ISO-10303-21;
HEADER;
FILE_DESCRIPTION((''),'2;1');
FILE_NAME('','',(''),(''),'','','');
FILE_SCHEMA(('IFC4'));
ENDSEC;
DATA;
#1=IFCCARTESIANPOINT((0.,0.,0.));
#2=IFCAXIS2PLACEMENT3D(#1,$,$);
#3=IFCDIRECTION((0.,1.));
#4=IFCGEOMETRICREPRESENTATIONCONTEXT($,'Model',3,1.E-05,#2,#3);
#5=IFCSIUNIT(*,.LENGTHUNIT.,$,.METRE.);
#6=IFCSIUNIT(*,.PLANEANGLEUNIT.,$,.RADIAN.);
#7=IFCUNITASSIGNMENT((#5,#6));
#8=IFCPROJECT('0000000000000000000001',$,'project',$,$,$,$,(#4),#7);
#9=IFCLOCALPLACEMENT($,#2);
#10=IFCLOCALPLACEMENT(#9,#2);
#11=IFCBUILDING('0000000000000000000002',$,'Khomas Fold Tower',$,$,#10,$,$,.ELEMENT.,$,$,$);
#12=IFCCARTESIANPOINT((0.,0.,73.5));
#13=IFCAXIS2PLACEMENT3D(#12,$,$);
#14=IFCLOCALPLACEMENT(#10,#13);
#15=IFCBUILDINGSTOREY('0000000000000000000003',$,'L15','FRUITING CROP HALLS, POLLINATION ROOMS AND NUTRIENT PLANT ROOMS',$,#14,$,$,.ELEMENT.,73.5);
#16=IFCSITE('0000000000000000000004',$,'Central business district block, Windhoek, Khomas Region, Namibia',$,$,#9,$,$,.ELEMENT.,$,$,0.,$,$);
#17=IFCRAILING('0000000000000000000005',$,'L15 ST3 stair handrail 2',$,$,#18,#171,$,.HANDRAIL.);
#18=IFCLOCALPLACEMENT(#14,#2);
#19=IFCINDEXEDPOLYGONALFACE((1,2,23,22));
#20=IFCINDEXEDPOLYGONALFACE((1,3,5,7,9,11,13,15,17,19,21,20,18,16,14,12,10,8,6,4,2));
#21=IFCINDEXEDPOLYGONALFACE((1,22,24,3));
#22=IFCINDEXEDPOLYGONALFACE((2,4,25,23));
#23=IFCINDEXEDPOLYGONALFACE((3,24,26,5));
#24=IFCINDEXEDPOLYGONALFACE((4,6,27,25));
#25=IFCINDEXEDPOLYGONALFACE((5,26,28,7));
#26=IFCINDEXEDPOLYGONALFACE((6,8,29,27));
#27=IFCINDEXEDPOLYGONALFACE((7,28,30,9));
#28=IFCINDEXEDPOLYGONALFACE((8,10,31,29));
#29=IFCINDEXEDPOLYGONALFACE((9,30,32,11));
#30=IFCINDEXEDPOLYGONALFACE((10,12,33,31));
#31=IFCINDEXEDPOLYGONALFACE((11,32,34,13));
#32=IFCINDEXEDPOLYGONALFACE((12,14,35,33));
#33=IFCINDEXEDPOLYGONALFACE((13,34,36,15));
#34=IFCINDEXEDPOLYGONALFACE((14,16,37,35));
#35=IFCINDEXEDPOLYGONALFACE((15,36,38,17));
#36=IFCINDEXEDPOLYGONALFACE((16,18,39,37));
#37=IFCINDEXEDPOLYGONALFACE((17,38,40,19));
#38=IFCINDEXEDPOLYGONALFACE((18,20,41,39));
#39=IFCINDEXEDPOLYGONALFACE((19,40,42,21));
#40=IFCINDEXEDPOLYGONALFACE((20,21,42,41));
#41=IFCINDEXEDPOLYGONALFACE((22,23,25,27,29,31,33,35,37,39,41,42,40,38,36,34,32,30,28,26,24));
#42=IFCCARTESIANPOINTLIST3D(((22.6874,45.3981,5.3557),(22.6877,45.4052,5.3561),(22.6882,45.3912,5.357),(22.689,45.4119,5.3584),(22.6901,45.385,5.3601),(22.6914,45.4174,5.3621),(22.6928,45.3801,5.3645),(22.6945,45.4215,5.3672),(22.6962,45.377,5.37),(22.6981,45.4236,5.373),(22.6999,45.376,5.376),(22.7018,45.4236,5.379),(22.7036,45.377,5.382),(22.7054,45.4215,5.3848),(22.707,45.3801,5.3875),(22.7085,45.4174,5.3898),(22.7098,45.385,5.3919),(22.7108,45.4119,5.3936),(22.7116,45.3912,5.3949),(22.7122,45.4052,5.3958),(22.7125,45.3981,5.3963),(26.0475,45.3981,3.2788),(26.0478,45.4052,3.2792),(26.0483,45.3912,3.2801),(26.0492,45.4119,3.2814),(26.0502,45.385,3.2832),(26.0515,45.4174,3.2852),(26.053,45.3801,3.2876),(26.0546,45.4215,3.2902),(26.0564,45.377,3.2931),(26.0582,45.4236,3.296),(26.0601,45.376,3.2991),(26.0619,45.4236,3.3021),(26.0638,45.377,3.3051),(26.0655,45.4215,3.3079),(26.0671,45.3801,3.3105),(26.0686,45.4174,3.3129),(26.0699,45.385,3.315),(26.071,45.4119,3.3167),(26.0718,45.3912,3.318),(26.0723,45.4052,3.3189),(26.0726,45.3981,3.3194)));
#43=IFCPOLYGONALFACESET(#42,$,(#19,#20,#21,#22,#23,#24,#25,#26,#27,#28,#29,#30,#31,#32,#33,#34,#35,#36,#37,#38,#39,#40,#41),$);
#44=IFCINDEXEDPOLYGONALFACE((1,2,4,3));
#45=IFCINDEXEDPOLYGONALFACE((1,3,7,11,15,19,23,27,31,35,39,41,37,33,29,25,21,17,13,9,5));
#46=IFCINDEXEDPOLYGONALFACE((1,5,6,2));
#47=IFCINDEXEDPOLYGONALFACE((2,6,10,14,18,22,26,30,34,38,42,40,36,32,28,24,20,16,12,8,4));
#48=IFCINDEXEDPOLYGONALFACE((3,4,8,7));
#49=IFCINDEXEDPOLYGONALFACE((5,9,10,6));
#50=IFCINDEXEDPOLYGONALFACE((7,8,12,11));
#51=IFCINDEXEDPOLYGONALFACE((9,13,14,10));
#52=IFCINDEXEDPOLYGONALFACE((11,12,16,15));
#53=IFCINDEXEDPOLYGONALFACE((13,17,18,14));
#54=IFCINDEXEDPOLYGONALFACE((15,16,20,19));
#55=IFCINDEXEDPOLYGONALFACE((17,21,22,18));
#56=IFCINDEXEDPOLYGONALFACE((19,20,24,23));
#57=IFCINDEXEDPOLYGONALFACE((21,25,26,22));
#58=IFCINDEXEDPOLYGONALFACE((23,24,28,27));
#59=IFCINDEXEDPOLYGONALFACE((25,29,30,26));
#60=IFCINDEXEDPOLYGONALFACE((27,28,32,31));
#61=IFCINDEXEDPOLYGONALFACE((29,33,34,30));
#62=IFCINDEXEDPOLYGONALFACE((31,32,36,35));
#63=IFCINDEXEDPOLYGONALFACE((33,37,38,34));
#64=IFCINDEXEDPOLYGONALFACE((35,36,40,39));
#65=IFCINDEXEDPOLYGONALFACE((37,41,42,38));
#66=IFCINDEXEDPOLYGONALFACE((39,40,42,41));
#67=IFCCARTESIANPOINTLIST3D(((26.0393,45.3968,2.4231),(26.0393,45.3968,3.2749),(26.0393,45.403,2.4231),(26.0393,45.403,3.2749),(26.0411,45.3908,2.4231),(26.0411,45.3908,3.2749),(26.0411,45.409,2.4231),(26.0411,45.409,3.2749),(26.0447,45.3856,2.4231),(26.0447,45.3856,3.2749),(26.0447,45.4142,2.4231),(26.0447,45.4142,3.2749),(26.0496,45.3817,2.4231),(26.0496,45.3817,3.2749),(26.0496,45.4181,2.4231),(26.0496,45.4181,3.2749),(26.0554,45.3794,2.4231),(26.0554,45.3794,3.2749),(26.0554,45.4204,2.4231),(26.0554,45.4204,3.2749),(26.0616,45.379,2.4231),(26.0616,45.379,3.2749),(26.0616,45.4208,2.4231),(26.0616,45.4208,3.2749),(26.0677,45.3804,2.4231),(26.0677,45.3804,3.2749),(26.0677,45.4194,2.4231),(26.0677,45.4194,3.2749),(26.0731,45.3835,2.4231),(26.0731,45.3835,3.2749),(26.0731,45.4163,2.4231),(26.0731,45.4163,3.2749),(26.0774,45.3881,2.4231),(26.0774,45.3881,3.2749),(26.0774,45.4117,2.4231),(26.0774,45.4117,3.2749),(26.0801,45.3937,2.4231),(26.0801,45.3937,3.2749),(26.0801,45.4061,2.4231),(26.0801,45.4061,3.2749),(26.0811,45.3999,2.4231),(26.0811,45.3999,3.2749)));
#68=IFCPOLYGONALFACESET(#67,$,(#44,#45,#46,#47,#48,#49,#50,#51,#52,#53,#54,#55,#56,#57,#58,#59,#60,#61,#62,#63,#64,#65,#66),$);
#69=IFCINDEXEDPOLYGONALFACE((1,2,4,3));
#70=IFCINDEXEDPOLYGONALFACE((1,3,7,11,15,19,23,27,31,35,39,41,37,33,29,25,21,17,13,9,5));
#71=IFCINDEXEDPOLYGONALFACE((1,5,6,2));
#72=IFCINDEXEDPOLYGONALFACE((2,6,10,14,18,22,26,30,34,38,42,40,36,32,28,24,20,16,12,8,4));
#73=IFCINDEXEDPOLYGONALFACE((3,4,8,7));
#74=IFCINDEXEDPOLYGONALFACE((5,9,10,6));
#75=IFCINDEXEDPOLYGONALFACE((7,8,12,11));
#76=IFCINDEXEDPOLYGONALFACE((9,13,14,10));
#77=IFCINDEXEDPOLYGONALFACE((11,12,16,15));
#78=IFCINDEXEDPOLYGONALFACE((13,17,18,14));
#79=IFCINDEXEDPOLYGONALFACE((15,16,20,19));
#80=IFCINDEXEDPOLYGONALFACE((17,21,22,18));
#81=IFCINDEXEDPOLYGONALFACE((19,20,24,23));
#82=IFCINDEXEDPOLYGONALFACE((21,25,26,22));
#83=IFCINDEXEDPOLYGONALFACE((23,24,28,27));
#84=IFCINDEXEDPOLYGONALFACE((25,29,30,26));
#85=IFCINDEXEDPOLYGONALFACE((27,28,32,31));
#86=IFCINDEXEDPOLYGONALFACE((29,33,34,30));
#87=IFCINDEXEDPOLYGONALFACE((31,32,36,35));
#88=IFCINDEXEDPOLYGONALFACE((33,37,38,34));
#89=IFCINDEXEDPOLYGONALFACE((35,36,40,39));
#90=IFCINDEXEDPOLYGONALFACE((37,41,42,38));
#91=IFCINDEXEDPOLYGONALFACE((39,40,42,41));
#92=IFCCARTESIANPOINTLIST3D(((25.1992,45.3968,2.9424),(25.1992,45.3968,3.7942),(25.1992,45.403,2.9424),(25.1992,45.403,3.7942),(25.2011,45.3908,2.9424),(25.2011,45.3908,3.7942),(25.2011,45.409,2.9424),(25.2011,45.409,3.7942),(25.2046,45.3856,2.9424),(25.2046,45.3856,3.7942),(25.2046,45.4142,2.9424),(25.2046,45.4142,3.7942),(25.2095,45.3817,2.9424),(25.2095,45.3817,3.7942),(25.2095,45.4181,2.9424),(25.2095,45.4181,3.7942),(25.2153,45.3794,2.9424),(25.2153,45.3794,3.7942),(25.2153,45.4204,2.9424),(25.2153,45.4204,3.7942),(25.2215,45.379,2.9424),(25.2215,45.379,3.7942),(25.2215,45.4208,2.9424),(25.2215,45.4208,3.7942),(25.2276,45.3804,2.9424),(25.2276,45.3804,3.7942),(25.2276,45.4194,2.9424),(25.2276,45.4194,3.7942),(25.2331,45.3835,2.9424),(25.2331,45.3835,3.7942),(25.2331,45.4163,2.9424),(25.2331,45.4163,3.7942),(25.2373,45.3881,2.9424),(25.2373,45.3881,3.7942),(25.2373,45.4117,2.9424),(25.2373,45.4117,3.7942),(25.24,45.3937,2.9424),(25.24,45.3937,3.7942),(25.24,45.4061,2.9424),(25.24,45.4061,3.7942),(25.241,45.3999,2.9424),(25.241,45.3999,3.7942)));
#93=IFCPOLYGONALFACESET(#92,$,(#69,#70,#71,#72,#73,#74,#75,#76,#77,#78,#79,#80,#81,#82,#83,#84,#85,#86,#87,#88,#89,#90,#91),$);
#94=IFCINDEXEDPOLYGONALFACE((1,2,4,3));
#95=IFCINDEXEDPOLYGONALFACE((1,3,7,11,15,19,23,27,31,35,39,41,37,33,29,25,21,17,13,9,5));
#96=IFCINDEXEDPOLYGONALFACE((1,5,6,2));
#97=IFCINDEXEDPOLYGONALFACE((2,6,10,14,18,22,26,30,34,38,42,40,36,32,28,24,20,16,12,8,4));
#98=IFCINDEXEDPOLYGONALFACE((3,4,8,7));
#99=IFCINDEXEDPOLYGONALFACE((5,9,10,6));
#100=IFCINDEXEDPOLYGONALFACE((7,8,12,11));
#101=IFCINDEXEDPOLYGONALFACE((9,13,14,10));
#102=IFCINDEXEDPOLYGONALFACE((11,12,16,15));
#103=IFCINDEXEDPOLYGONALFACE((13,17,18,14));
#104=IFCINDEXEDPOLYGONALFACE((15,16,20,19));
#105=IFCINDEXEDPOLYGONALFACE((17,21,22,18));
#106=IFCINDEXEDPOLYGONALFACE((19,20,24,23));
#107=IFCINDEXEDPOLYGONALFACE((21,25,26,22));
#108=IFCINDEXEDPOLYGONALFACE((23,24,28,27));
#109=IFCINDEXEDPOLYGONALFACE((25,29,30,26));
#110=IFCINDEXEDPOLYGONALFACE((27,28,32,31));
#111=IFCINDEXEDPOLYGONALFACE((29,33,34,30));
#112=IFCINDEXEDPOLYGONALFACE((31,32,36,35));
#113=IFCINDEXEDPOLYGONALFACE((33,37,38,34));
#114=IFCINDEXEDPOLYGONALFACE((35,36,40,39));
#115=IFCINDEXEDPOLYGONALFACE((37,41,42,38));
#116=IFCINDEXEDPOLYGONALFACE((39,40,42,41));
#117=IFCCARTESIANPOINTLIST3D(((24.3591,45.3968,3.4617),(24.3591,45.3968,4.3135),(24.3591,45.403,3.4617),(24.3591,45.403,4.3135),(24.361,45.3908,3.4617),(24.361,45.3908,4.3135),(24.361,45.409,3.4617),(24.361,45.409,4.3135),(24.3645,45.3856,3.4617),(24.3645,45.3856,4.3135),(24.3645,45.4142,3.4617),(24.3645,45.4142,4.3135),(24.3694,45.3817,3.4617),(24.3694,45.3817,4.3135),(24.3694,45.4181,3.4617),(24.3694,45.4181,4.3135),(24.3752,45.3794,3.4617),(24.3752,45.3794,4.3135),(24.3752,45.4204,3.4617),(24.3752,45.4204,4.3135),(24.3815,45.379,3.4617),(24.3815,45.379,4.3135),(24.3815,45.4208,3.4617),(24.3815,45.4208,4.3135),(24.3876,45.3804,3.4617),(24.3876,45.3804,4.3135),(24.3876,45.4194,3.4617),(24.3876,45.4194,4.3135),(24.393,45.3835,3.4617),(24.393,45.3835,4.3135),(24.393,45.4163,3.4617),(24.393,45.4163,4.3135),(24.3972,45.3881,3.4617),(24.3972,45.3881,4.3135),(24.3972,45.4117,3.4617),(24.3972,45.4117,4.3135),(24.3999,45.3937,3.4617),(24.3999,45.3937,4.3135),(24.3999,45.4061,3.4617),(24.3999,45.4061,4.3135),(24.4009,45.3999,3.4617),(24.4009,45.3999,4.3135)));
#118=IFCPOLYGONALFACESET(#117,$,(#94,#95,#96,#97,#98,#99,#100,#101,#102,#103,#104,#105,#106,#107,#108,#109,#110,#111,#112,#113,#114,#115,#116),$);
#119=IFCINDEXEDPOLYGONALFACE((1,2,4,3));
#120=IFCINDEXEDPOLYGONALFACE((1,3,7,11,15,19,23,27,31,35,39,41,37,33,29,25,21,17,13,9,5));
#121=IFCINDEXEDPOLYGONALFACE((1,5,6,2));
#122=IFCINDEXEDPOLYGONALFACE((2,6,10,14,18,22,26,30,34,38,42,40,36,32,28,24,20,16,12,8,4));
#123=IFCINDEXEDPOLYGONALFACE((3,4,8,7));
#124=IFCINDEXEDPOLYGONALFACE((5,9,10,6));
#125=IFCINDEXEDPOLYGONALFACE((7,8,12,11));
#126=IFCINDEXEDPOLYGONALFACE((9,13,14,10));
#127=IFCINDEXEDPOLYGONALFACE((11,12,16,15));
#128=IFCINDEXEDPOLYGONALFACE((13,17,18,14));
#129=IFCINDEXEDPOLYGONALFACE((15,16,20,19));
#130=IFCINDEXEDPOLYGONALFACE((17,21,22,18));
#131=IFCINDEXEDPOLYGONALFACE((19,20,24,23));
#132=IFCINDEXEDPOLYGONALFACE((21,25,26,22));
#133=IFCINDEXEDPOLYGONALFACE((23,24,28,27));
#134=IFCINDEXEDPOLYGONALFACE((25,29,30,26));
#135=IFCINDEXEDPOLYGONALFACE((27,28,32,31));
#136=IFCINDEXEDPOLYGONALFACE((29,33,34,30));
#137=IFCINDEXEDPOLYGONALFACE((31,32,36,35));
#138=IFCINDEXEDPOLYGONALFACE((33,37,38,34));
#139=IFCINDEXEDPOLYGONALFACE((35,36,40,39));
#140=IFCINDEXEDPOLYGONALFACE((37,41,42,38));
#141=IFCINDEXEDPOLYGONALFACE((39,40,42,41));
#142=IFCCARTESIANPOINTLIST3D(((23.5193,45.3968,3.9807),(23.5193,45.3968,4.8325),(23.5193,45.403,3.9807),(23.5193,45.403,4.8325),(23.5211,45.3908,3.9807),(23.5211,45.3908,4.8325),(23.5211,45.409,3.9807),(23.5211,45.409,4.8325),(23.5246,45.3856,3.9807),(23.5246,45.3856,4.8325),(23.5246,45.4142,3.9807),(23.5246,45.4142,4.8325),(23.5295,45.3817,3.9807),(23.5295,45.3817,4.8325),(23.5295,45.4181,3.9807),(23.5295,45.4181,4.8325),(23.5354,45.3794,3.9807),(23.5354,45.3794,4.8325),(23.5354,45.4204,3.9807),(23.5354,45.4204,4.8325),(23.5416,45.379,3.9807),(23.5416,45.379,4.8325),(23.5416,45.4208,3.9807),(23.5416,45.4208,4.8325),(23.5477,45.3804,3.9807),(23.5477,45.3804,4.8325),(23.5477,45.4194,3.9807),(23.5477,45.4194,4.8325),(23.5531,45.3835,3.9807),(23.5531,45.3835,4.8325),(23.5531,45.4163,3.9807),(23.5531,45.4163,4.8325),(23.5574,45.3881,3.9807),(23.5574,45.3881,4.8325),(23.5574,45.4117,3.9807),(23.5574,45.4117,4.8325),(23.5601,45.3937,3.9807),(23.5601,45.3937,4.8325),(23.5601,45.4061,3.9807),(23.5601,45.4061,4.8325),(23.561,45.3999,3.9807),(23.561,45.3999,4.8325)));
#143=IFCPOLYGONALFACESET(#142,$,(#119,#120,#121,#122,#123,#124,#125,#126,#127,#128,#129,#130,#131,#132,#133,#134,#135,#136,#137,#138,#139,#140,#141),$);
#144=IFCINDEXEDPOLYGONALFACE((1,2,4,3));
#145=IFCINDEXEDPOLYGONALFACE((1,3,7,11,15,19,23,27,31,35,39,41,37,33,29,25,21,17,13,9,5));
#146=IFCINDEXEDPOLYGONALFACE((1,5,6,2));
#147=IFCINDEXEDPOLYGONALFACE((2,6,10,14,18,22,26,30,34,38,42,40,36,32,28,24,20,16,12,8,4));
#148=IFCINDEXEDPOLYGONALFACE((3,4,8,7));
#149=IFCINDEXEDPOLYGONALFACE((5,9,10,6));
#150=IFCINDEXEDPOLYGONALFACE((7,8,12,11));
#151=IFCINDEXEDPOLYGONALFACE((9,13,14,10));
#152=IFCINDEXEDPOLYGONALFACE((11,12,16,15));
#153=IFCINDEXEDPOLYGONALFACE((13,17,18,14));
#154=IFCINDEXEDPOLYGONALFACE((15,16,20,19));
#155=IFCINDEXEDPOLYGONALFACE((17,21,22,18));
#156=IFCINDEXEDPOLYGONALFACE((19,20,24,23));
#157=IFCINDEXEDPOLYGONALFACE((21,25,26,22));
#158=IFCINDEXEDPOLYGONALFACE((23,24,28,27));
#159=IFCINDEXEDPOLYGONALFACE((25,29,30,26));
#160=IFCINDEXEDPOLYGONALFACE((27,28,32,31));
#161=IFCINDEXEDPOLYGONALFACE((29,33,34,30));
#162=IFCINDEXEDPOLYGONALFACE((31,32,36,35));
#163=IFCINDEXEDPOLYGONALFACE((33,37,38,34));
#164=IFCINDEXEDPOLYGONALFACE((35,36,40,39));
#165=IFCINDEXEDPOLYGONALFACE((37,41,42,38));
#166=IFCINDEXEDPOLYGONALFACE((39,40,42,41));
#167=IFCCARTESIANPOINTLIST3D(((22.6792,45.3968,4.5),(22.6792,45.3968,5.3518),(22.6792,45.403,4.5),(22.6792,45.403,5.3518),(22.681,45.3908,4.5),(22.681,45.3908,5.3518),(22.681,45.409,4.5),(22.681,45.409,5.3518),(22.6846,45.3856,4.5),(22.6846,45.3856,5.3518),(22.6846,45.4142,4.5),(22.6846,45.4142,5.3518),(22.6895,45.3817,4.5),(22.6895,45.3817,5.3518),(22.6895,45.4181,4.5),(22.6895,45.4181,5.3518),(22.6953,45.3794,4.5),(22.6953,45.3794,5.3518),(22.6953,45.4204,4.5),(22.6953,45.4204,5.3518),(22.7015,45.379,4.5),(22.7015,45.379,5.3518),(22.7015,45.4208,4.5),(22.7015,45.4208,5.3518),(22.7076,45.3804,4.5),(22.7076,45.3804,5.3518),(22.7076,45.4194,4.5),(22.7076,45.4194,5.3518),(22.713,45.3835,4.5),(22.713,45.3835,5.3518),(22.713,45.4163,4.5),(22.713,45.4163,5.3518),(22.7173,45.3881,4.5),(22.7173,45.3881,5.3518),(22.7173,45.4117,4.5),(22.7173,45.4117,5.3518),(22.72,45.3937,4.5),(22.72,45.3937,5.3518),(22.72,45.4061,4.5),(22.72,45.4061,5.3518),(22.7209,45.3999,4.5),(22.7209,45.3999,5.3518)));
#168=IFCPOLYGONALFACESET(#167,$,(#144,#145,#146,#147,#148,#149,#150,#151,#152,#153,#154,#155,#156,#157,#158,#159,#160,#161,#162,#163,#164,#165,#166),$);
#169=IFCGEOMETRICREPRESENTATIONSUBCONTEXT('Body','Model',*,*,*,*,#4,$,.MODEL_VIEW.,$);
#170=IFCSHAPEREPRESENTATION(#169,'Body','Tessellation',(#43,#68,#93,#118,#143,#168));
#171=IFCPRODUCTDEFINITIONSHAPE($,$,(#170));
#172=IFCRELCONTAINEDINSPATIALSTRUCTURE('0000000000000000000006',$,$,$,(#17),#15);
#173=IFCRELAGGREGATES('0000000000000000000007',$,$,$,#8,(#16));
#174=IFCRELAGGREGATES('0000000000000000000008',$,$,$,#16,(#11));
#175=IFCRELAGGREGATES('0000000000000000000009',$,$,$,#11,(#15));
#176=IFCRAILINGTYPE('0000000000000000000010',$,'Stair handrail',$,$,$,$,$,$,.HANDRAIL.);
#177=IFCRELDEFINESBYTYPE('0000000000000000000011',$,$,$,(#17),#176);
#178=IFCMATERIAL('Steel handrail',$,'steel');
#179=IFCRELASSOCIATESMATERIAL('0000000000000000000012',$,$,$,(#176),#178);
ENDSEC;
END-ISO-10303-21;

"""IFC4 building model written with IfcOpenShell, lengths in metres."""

from ifc_helpers import new_model, si_unit, direction, frame, origin, origin_2d, place, context, subcontext, project, spatial, circle, extrude, source, transform, mapped, material, type_object, element, save


model = new_model("IFC4")

# Units and contexts
model_context = context("Model", 3, precision=1e-05, world=origin(), true_north=direction((0.0, 1.0)))
body_context = subcontext(model_context, "Body", "Model", "MODEL_VIEW")
ifc_project = project(units=[si_unit("LENGTHUNIT", "METRE"), si_unit("PLANEANGLEUNIT", "RADIAN")], contexts=[model_context])

# Site, building, storey
site_placement = place(None, origin())
site = spatial("IfcSite", under=ifc_project, at=site_placement, Name="Central business district block, Windhoek, Khomas Region, Namibia", CompositionType="ELEMENT", RefElevation=0.0)
building_placement = place(site_placement, origin())
building = spatial("IfcBuilding", under=site, at=building_placement, Name="Khomas Fold Tower", CompositionType="ELEMENT")
storey_placement = place(building_placement, frame((0.0, 0.0, 73.5)))
storey = spatial("IfcBuildingStorey", under=building, at=storey_placement, Name="L15", Description="FRUITING CROP HALLS, POLLINATION ROOMS AND NUTRIENT PLANT ROOMS", CompositionType="ELEMENT", Elevation=73.5)

# Railing
ifc_material_1 = material(Name="Steel handrail", Category="steel")
railing_type_1 = type_object("IfcRailingType", Name="Stair handrail", PredefinedType="HANDRAIL", material=ifc_material_1)
shared_shape_1 = source(origin(), body_context, "Body", "SweptSolid", [
    extrude(circle(Radius=0.0239, at=origin_2d()), frame((0.0, 0.0, 0.876), z_axis=(-0.850623, 0.0, 0.525776), x_axis=(0.0, -1.0, 0.0)), (0.0, 0.0, 1.0), 3.9502),
    extrude(circle(Radius=0.021, at=origin_2d()), origin(), (0.0, 0.0, 1.0), 0.8518),
    extrude(circle(Radius=0.021, at=origin_2d()), frame((-0.8401, 0.0, 0.5193)), (0.0, 0.0, 1.0), 0.8518),
    extrude(circle(Radius=0.021, at=origin_2d()), frame((-1.6802, 0.0, 1.0386)), (0.0, 0.0, 1.0), 0.8518),
    extrude(circle(Radius=0.021, at=origin_2d()), frame((-2.52, 0.0, 1.5576)), (0.0, 0.0, 1.0), 0.8518),
    extrude(circle(Radius=0.021, at=origin_2d()), frame((-3.3601, 0.0, 2.0769)), (0.0, 0.0, 1.0), 0.8518),
])
railing_1_placement = place(storey_placement, frame((26.0601, 45.3999, 2.4231)))
element("IfcRailing", 1, at=railing_1_placement, inside=storey, type_object=railing_type_1, Name="L15 ST3 stair handrail 2", PredefinedType="HANDRAIL", context=body_context, shape_type="MappedRepresentation", body=[
    mapped(shared_shape_1, transform((0.0, 0.0, 0.0))),
])

save(model, "model.ifc")
